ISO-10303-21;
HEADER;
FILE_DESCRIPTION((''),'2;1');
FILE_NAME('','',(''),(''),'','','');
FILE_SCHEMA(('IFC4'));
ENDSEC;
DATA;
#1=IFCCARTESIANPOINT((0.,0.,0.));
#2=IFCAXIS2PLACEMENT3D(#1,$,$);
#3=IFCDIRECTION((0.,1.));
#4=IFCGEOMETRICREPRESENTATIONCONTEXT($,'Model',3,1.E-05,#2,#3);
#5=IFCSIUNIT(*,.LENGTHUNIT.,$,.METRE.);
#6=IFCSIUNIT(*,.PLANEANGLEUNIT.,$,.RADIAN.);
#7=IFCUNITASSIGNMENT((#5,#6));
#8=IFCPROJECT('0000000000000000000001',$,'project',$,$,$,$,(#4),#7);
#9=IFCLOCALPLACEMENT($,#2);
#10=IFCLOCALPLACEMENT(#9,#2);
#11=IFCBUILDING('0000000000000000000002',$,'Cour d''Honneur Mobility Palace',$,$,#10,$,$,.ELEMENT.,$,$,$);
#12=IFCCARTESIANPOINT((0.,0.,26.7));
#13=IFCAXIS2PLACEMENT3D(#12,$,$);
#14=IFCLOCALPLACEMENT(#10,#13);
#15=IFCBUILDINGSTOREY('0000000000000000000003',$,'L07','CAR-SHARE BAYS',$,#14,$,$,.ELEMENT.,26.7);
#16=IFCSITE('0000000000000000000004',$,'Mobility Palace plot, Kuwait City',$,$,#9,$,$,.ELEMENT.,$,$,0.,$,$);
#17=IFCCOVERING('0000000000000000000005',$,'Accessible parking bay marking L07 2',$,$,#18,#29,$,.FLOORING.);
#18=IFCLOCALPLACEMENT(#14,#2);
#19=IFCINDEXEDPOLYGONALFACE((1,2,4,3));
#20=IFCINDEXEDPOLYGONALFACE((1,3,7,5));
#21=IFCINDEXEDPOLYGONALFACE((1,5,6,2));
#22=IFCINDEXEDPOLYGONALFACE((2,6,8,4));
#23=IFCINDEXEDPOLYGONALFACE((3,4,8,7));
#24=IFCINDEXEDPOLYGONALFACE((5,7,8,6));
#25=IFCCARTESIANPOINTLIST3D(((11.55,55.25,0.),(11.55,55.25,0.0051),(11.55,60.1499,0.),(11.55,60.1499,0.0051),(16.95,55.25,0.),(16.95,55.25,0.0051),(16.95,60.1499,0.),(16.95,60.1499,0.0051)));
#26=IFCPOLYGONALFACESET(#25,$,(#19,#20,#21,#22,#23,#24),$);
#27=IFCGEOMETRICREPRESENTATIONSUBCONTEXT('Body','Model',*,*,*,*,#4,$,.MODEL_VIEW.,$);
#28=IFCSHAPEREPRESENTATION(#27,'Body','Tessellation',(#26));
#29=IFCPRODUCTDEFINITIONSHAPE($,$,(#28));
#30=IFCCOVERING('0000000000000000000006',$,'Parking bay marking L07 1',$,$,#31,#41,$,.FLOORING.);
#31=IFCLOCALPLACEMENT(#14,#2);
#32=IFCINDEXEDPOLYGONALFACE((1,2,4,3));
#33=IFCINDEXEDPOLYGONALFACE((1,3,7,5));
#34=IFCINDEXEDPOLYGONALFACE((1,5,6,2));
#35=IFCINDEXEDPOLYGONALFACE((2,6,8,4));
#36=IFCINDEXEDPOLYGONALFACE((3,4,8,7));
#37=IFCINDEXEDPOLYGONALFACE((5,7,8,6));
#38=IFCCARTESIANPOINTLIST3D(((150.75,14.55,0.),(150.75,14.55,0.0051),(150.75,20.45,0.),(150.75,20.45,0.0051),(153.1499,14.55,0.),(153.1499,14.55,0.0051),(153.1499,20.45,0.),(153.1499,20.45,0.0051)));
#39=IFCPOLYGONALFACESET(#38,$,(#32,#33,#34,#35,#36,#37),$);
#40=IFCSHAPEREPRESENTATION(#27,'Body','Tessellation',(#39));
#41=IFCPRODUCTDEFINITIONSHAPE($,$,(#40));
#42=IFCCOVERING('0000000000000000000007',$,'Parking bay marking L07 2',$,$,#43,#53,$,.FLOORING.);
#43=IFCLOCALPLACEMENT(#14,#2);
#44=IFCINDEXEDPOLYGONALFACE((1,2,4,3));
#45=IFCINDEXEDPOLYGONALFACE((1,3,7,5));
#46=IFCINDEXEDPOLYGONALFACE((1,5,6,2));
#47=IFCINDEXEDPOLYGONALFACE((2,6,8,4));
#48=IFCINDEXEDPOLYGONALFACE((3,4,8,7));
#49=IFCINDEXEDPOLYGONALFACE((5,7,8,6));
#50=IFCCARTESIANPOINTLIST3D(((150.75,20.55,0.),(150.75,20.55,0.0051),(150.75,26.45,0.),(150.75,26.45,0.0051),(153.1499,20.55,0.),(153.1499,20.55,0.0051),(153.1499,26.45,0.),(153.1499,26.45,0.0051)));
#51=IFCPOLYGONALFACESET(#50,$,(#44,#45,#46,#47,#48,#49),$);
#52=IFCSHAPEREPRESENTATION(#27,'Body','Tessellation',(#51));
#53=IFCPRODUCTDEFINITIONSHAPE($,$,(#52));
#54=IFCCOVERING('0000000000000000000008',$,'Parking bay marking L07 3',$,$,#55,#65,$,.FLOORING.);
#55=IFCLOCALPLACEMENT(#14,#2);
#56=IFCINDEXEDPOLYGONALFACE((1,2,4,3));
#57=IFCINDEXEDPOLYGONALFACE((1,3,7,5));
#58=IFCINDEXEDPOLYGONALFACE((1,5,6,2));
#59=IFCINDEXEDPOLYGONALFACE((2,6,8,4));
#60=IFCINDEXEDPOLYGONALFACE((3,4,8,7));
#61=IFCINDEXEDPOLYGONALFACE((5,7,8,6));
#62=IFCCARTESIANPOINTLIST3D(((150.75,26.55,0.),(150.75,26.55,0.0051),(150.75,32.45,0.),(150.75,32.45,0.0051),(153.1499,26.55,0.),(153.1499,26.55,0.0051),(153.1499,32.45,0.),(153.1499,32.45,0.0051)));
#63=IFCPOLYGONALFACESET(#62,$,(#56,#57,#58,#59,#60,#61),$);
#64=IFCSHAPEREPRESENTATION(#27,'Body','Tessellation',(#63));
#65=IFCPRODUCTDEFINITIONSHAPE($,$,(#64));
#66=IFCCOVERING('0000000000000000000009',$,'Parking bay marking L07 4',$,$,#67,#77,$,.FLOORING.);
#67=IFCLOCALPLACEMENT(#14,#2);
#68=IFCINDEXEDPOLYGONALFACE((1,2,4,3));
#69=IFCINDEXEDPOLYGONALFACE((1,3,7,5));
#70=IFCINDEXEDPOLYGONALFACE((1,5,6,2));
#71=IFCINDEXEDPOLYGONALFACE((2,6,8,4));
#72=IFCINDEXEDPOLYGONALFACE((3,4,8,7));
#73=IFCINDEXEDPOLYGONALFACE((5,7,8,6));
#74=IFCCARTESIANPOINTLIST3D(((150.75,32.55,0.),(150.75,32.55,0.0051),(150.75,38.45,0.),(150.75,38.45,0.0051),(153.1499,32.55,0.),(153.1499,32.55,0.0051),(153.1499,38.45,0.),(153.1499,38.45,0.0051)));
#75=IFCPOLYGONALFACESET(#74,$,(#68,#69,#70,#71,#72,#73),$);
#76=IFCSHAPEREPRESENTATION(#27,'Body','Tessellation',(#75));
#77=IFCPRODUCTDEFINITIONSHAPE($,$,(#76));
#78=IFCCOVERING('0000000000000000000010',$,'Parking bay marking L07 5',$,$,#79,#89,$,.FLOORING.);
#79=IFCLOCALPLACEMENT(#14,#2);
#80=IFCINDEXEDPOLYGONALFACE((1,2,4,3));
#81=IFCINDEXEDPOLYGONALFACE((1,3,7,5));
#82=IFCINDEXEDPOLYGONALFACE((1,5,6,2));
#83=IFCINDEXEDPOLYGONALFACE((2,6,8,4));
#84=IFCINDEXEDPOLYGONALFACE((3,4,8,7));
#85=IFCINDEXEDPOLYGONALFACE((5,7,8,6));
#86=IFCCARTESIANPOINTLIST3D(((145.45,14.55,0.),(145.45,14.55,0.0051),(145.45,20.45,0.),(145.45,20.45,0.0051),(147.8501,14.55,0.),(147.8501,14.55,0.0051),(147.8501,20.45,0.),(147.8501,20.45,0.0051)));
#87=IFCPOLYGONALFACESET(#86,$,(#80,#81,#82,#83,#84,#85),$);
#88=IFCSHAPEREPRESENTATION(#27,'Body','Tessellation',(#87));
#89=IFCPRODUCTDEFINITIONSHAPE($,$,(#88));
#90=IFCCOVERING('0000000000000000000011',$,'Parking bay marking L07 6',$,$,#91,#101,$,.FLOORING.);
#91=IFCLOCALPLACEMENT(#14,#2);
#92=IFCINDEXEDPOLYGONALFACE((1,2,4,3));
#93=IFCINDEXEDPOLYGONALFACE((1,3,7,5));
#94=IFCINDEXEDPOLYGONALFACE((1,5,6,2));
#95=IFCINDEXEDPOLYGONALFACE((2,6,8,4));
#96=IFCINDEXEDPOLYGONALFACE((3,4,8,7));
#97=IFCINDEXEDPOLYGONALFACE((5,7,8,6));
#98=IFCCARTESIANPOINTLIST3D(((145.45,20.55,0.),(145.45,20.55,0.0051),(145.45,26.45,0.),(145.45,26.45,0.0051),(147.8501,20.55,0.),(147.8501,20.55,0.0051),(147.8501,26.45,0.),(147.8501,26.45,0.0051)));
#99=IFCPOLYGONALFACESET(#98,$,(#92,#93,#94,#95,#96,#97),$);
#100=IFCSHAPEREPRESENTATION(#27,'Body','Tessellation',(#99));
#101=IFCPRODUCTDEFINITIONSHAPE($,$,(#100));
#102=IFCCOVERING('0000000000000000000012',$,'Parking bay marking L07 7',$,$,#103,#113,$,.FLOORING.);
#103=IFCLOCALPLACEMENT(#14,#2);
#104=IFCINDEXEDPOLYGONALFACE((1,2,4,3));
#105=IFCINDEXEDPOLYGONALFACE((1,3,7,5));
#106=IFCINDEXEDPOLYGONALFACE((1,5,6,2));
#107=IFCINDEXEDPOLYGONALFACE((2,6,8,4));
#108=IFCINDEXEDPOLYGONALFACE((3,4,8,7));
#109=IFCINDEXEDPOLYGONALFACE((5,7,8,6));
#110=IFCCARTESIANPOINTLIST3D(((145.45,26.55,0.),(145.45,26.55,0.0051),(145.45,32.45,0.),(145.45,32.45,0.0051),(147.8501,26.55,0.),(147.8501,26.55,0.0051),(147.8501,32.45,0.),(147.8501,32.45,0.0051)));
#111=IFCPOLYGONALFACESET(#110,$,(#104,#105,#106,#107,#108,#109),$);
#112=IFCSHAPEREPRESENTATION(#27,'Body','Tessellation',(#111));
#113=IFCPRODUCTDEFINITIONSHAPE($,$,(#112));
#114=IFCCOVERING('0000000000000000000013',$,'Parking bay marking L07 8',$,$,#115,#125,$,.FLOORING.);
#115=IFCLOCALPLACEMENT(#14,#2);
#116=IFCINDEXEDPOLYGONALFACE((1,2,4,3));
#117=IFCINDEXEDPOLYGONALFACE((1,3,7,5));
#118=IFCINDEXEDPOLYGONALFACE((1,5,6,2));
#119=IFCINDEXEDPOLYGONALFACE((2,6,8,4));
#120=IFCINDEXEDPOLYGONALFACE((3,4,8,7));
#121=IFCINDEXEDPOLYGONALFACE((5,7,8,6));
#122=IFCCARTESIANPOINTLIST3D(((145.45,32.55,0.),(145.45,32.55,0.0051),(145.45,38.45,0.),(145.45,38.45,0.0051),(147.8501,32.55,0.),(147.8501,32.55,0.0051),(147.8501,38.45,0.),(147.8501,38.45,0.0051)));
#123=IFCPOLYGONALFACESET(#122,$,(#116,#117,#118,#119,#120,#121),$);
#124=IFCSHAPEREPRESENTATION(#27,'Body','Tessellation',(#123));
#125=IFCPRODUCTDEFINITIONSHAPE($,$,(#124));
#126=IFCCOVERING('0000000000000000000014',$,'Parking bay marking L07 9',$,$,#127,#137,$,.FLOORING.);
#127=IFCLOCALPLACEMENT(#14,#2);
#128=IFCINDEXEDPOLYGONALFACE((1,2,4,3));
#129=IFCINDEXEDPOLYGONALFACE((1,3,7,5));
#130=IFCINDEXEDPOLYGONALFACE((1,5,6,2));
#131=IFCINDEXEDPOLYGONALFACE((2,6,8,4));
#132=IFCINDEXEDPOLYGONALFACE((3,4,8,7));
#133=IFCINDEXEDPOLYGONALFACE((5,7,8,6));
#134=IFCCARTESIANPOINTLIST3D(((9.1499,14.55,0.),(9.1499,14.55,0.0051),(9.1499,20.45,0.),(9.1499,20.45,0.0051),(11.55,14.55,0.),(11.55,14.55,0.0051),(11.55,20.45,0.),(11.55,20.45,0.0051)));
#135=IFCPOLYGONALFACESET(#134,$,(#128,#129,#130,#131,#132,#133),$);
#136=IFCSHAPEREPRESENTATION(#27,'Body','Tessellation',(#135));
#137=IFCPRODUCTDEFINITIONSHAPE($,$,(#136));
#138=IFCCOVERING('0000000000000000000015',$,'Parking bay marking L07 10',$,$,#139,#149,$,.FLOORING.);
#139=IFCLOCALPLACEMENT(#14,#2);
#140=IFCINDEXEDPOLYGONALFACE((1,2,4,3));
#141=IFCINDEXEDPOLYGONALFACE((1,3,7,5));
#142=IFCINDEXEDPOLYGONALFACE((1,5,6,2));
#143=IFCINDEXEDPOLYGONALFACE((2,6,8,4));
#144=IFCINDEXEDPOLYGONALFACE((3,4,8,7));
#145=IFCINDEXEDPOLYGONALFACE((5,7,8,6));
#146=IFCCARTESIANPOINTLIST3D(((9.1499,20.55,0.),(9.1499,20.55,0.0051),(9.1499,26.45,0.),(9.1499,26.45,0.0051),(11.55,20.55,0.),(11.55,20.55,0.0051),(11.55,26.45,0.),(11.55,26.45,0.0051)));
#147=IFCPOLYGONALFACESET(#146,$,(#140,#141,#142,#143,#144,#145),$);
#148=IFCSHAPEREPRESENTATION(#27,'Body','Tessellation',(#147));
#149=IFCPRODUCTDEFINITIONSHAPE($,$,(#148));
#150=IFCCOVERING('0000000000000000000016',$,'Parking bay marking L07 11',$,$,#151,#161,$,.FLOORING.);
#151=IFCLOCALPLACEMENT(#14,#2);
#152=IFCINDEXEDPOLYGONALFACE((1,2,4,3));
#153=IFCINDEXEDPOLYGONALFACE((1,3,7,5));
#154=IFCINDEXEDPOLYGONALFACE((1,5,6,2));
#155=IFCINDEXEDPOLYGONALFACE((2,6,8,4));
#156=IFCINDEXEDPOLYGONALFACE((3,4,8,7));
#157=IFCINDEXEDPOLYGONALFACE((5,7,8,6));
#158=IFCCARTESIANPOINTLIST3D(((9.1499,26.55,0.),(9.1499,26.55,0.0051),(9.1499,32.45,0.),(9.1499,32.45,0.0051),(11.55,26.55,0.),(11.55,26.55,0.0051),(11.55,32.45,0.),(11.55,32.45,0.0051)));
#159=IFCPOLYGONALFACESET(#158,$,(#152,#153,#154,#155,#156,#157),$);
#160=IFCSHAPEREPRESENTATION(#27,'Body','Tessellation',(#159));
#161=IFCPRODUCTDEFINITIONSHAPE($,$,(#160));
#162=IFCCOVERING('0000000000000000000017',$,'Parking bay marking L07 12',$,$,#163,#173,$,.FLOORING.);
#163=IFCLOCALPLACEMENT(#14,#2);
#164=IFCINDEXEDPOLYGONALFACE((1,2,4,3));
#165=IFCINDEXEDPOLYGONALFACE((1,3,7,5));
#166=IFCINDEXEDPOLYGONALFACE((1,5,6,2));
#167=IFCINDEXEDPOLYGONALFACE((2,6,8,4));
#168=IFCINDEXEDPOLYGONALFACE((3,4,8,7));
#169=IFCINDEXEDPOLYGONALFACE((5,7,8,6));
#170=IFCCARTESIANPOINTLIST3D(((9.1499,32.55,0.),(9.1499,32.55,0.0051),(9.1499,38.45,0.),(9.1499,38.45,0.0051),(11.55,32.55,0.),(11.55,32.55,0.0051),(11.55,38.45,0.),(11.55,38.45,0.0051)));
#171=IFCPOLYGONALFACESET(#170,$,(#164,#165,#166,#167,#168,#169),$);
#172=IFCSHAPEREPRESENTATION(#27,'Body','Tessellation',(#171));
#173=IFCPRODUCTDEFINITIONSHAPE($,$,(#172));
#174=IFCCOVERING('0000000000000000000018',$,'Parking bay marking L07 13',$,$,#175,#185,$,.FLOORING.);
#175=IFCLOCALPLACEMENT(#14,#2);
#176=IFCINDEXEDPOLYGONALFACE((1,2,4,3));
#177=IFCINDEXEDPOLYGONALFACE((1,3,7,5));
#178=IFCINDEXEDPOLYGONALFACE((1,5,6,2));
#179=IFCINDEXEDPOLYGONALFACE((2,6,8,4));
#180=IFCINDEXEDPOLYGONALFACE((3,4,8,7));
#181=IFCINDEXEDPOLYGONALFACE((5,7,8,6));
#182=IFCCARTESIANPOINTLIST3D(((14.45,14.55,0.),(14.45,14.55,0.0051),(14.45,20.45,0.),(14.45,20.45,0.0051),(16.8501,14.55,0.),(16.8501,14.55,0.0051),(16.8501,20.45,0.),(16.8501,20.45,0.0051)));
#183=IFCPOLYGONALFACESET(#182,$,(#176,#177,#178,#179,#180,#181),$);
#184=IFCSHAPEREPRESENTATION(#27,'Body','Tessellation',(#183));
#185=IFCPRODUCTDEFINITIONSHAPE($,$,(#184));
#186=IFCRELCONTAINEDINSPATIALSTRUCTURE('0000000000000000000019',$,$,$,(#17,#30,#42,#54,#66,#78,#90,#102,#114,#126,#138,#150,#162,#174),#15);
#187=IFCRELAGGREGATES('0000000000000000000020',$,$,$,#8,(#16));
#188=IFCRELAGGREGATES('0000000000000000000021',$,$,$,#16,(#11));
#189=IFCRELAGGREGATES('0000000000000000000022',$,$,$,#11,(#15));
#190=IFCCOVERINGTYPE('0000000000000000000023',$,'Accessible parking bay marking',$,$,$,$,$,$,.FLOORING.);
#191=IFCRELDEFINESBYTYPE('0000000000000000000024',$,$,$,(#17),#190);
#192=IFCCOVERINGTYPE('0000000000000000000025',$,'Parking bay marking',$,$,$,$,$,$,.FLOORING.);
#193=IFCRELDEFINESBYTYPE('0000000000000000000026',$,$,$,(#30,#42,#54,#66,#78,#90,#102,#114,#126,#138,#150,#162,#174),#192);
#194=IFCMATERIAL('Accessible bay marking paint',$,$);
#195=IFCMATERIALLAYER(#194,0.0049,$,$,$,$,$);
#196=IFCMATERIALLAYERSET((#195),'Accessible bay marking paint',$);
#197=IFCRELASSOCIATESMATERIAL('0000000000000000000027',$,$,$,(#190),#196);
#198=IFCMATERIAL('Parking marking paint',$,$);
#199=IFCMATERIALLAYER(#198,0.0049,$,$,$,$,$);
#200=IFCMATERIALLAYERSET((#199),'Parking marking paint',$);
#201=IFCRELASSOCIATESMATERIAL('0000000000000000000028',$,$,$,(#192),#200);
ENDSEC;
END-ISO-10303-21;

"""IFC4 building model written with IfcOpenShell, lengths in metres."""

from ifc_helpers import new_model, si_unit, direction, frame, origin, place, context, subcontext, project, spatial, polyline, outline, extrude, material, layer, layer_set, type_object, element, save


model = new_model("IFC4")

# Units and contexts
model_context = context("Model", 3, precision=1e-05, world=origin(), true_north=direction((0.0, 1.0)))
body_context = subcontext(model_context, "Body", "Model", "MODEL_VIEW")
ifc_project = project(units=[si_unit("LENGTHUNIT", "METRE"), si_unit("PLANEANGLEUNIT", "RADIAN")], contexts=[model_context])

# Site, building, storey
site_placement = place(None, origin())
site = spatial("IfcSite", under=ifc_project, at=site_placement, Name="Mobility Palace plot, Kuwait City", CompositionType="ELEMENT", RefElevation=0.0)
building_placement = place(site_placement, origin())
building = spatial("IfcBuilding", under=site, at=building_placement, Name="Cour d'Honneur Mobility Palace", CompositionType="ELEMENT")
storey_placement = place(building_placement, frame((0.0, 0.0, 26.7)))
storey = spatial("IfcBuildingStorey", under=building, at=storey_placement, Name="L07", Description="CAR-SHARE BAYS", CompositionType="ELEMENT", Elevation=26.7)

# Covering
ifc_material_1 = material(Name="Accessible bay marking paint")
ifc_layer_1 = layer(ifc_material_1, 0.0049)
ifc_layer_set_1 = layer_set([ifc_layer_1], Name="Accessible bay marking paint")
covering_type_1 = type_object("IfcCoveringType", Name="Accessible parking bay marking", PredefinedType="FLOORING", material=ifc_layer_set_1)
covering_1_placement = place(storey_placement, origin())
element("IfcCovering", 1, at=covering_1_placement, inside=storey, type_object=covering_type_1, Name="Accessible parking bay marking L07 2", PredefinedType="FLOORING", context=body_context, shape_type="SweptSolid", body=[
    extrude(outline(polyline([(11.55, 60.1499), (16.95, 60.1499), (16.95, 55.25), (11.55, 55.25), (11.55, 60.1499)])), origin(), (0.0, 0.0, 1.0), 0.0051),
])

# Coverings
ifc_material_2 = material(Name="Parking marking paint")
ifc_layer_2 = layer(ifc_material_2, 0.0049)
ifc_layer_set_2 = layer_set([ifc_layer_2], Name="Parking marking paint")
covering_type_2 = type_object("IfcCoveringType", Name="Parking bay marking", PredefinedType="FLOORING", material=ifc_layer_set_2)
covering_2_placement = place(storey_placement, origin())
element("IfcCovering", 2, at=covering_2_placement, inside=storey, type_object=covering_type_2, Name="Parking bay marking L07 1", PredefinedType="FLOORING", context=body_context, shape_type="SweptSolid", body=[
    extrude(outline(polyline([(153.1499, 14.55), (150.75, 14.55), (150.75, 20.45), (153.1499, 20.45), (153.1499, 14.55)])), origin(), (0.0, 0.0, 1.0), 0.0051),
])
covering_3_placement = place(storey_placement, origin())
element("IfcCovering", 3, at=covering_3_placement, inside=storey, type_object=covering_type_2, Name="Parking bay marking L07 2", PredefinedType="FLOORING", context=body_context, shape_type="SweptSolid", body=[
    extrude(outline(polyline([(153.1499, 20.55), (150.75, 20.55), (150.75, 26.45), (153.1499, 26.45), (153.1499, 20.55)])), origin(), (0.0, 0.0, 1.0), 0.0051),
])
covering_4_placement = place(storey_placement, origin())
element("IfcCovering", 4, at=covering_4_placement, inside=storey, type_object=covering_type_2, Name="Parking bay marking L07 3", PredefinedType="FLOORING", context=body_context, shape_type="SweptSolid", body=[
    extrude(outline(polyline([(153.1499, 26.55), (150.75, 26.55), (150.75, 32.45), (153.1499, 32.45), (153.1499, 26.55)])), origin(), (0.0, 0.0, 1.0), 0.0051),
])
covering_5_placement = place(storey_placement, origin())
element("IfcCovering", 5, at=covering_5_placement, inside=storey, type_object=covering_type_2, Name="Parking bay marking L07 4", PredefinedType="FLOORING", context=body_context, shape_type="SweptSolid", body=[
    extrude(outline(polyline([(153.1499, 32.55), (150.75, 32.55), (150.75, 38.45), (153.1499, 38.45), (153.1499, 32.55)])), origin(), (0.0, 0.0, 1.0), 0.0051),
])
covering_6_placement = place(storey_placement, origin())
element("IfcCovering", 6, at=covering_6_placement, inside=storey, type_object=covering_type_2, Name="Parking bay marking L07 5", PredefinedType="FLOORING", context=body_context, shape_type="SweptSolid", body=[
    extrude(outline(polyline([(147.8501, 14.55), (145.45, 14.55), (145.45, 20.45), (147.8501, 20.45), (147.8501, 14.55)])), origin(), (0.0, 0.0, 1.0), 0.0051),
])
covering_7_placement = place(storey_placement, origin())
element("IfcCovering", 7, at=covering_7_placement, inside=storey, type_object=covering_type_2, Name="Parking bay marking L07 6", PredefinedType="FLOORING", context=body_context, shape_type="SweptSolid", body=[
    extrude(outline(polyline([(147.8501, 20.55), (145.45, 20.55), (145.45, 26.45), (147.8501, 26.45), (147.8501, 20.55)])), origin(), (0.0, 0.0, 1.0), 0.0051),
])
covering_8_placement = place(storey_placement, origin())
element("IfcCovering", 8, at=covering_8_placement, inside=storey, type_object=covering_type_2, Name="Parking bay marking L07 7", PredefinedType="FLOORING", context=body_context, shape_type="SweptSolid", body=[
    extrude(outline(polyline([(147.8501, 26.55), (145.45, 26.55), (145.45, 32.45), (147.8501, 32.45), (147.8501, 26.55)])), origin(), (0.0, 0.0, 1.0), 0.0051),
])
covering_9_placement = place(storey_placement, origin())
element("IfcCovering", 9, at=covering_9_placement, inside=storey, type_object=covering_type_2, Name="Parking bay marking L07 8", PredefinedType="FLOORING", context=body_context, shape_type="SweptSolid", body=[
    extrude(outline(polyline([(147.8501, 32.55), (145.45, 32.55), (145.45, 38.45), (147.8501, 38.45), (147.8501, 32.55)])), origin(), (0.0, 0.0, 1.0), 0.0051),
])
covering_10_placement = place(storey_placement, origin())
element("IfcCovering", 10, at=covering_10_placement, inside=storey, type_object=covering_type_2, Name="Parking bay marking L07 9", PredefinedType="FLOORING", context=body_context, shape_type="SweptSolid", body=[
    extrude(outline(polyline([(11.55, 14.55), (9.1499, 14.55), (9.1499, 20.45), (11.55, 20.45), (11.55, 14.55)])), origin(), (0.0, 0.0, 1.0), 0.0051),
])
covering_11_placement = place(storey_placement, origin())
element("IfcCovering", 11, at=covering_11_placement, inside=storey, type_object=covering_type_2, Name="Parking bay marking L07 10", PredefinedType="FLOORING", context=body_context, shape_type="SweptSolid", body=[
    extrude(outline(polyline([(11.55, 20.55), (9.1499, 20.55), (9.1499, 26.45), (11.55, 26.45), (11.55, 20.55)])), origin(), (0.0, 0.0, 1.0), 0.0051),
])
covering_12_placement = place(storey_placement, origin())
element("IfcCovering", 12, at=covering_12_placement, inside=storey, type_object=covering_type_2, Name="Parking bay marking L07 11", PredefinedType="FLOORING", context=body_context, shape_type="SweptSolid", body=[
    extrude(outline(polyline([(11.55, 26.55), (9.1499, 26.55), (9.1499, 32.45), (11.55, 32.45), (11.55, 26.55)])), origin(), (0.0, 0.0, 1.0), 0.0051),
])
covering_13_placement = place(storey_placement, origin())
element("IfcCovering", 13, at=covering_13_placement, inside=storey, type_object=covering_type_2, Name="Parking bay marking L07 12", PredefinedType="FLOORING", context=body_context, shape_type="SweptSolid", body=[
    extrude(outline(polyline([(11.55, 32.55), (9.1499, 32.55), (9.1499, 38.45), (11.55, 38.45), (11.55, 32.55)])), origin(), (0.0, 0.0, 1.0), 0.0051),
])
covering_14_placement = place(storey_placement, origin())
element("IfcCovering", 14, at=covering_14_placement, inside=storey, type_object=covering_type_2, Name="Parking bay marking L07 13", PredefinedType="FLOORING", context=body_context, shape_type="SweptSolid", body=[
    extrude(outline(polyline([(16.8501, 14.55), (14.45, 14.55), (14.45, 20.45), (16.8501, 20.45), (16.8501, 14.55)])), origin(), (0.0, 0.0, 1.0), 0.0051),
])

save(model, "model.ifc")
